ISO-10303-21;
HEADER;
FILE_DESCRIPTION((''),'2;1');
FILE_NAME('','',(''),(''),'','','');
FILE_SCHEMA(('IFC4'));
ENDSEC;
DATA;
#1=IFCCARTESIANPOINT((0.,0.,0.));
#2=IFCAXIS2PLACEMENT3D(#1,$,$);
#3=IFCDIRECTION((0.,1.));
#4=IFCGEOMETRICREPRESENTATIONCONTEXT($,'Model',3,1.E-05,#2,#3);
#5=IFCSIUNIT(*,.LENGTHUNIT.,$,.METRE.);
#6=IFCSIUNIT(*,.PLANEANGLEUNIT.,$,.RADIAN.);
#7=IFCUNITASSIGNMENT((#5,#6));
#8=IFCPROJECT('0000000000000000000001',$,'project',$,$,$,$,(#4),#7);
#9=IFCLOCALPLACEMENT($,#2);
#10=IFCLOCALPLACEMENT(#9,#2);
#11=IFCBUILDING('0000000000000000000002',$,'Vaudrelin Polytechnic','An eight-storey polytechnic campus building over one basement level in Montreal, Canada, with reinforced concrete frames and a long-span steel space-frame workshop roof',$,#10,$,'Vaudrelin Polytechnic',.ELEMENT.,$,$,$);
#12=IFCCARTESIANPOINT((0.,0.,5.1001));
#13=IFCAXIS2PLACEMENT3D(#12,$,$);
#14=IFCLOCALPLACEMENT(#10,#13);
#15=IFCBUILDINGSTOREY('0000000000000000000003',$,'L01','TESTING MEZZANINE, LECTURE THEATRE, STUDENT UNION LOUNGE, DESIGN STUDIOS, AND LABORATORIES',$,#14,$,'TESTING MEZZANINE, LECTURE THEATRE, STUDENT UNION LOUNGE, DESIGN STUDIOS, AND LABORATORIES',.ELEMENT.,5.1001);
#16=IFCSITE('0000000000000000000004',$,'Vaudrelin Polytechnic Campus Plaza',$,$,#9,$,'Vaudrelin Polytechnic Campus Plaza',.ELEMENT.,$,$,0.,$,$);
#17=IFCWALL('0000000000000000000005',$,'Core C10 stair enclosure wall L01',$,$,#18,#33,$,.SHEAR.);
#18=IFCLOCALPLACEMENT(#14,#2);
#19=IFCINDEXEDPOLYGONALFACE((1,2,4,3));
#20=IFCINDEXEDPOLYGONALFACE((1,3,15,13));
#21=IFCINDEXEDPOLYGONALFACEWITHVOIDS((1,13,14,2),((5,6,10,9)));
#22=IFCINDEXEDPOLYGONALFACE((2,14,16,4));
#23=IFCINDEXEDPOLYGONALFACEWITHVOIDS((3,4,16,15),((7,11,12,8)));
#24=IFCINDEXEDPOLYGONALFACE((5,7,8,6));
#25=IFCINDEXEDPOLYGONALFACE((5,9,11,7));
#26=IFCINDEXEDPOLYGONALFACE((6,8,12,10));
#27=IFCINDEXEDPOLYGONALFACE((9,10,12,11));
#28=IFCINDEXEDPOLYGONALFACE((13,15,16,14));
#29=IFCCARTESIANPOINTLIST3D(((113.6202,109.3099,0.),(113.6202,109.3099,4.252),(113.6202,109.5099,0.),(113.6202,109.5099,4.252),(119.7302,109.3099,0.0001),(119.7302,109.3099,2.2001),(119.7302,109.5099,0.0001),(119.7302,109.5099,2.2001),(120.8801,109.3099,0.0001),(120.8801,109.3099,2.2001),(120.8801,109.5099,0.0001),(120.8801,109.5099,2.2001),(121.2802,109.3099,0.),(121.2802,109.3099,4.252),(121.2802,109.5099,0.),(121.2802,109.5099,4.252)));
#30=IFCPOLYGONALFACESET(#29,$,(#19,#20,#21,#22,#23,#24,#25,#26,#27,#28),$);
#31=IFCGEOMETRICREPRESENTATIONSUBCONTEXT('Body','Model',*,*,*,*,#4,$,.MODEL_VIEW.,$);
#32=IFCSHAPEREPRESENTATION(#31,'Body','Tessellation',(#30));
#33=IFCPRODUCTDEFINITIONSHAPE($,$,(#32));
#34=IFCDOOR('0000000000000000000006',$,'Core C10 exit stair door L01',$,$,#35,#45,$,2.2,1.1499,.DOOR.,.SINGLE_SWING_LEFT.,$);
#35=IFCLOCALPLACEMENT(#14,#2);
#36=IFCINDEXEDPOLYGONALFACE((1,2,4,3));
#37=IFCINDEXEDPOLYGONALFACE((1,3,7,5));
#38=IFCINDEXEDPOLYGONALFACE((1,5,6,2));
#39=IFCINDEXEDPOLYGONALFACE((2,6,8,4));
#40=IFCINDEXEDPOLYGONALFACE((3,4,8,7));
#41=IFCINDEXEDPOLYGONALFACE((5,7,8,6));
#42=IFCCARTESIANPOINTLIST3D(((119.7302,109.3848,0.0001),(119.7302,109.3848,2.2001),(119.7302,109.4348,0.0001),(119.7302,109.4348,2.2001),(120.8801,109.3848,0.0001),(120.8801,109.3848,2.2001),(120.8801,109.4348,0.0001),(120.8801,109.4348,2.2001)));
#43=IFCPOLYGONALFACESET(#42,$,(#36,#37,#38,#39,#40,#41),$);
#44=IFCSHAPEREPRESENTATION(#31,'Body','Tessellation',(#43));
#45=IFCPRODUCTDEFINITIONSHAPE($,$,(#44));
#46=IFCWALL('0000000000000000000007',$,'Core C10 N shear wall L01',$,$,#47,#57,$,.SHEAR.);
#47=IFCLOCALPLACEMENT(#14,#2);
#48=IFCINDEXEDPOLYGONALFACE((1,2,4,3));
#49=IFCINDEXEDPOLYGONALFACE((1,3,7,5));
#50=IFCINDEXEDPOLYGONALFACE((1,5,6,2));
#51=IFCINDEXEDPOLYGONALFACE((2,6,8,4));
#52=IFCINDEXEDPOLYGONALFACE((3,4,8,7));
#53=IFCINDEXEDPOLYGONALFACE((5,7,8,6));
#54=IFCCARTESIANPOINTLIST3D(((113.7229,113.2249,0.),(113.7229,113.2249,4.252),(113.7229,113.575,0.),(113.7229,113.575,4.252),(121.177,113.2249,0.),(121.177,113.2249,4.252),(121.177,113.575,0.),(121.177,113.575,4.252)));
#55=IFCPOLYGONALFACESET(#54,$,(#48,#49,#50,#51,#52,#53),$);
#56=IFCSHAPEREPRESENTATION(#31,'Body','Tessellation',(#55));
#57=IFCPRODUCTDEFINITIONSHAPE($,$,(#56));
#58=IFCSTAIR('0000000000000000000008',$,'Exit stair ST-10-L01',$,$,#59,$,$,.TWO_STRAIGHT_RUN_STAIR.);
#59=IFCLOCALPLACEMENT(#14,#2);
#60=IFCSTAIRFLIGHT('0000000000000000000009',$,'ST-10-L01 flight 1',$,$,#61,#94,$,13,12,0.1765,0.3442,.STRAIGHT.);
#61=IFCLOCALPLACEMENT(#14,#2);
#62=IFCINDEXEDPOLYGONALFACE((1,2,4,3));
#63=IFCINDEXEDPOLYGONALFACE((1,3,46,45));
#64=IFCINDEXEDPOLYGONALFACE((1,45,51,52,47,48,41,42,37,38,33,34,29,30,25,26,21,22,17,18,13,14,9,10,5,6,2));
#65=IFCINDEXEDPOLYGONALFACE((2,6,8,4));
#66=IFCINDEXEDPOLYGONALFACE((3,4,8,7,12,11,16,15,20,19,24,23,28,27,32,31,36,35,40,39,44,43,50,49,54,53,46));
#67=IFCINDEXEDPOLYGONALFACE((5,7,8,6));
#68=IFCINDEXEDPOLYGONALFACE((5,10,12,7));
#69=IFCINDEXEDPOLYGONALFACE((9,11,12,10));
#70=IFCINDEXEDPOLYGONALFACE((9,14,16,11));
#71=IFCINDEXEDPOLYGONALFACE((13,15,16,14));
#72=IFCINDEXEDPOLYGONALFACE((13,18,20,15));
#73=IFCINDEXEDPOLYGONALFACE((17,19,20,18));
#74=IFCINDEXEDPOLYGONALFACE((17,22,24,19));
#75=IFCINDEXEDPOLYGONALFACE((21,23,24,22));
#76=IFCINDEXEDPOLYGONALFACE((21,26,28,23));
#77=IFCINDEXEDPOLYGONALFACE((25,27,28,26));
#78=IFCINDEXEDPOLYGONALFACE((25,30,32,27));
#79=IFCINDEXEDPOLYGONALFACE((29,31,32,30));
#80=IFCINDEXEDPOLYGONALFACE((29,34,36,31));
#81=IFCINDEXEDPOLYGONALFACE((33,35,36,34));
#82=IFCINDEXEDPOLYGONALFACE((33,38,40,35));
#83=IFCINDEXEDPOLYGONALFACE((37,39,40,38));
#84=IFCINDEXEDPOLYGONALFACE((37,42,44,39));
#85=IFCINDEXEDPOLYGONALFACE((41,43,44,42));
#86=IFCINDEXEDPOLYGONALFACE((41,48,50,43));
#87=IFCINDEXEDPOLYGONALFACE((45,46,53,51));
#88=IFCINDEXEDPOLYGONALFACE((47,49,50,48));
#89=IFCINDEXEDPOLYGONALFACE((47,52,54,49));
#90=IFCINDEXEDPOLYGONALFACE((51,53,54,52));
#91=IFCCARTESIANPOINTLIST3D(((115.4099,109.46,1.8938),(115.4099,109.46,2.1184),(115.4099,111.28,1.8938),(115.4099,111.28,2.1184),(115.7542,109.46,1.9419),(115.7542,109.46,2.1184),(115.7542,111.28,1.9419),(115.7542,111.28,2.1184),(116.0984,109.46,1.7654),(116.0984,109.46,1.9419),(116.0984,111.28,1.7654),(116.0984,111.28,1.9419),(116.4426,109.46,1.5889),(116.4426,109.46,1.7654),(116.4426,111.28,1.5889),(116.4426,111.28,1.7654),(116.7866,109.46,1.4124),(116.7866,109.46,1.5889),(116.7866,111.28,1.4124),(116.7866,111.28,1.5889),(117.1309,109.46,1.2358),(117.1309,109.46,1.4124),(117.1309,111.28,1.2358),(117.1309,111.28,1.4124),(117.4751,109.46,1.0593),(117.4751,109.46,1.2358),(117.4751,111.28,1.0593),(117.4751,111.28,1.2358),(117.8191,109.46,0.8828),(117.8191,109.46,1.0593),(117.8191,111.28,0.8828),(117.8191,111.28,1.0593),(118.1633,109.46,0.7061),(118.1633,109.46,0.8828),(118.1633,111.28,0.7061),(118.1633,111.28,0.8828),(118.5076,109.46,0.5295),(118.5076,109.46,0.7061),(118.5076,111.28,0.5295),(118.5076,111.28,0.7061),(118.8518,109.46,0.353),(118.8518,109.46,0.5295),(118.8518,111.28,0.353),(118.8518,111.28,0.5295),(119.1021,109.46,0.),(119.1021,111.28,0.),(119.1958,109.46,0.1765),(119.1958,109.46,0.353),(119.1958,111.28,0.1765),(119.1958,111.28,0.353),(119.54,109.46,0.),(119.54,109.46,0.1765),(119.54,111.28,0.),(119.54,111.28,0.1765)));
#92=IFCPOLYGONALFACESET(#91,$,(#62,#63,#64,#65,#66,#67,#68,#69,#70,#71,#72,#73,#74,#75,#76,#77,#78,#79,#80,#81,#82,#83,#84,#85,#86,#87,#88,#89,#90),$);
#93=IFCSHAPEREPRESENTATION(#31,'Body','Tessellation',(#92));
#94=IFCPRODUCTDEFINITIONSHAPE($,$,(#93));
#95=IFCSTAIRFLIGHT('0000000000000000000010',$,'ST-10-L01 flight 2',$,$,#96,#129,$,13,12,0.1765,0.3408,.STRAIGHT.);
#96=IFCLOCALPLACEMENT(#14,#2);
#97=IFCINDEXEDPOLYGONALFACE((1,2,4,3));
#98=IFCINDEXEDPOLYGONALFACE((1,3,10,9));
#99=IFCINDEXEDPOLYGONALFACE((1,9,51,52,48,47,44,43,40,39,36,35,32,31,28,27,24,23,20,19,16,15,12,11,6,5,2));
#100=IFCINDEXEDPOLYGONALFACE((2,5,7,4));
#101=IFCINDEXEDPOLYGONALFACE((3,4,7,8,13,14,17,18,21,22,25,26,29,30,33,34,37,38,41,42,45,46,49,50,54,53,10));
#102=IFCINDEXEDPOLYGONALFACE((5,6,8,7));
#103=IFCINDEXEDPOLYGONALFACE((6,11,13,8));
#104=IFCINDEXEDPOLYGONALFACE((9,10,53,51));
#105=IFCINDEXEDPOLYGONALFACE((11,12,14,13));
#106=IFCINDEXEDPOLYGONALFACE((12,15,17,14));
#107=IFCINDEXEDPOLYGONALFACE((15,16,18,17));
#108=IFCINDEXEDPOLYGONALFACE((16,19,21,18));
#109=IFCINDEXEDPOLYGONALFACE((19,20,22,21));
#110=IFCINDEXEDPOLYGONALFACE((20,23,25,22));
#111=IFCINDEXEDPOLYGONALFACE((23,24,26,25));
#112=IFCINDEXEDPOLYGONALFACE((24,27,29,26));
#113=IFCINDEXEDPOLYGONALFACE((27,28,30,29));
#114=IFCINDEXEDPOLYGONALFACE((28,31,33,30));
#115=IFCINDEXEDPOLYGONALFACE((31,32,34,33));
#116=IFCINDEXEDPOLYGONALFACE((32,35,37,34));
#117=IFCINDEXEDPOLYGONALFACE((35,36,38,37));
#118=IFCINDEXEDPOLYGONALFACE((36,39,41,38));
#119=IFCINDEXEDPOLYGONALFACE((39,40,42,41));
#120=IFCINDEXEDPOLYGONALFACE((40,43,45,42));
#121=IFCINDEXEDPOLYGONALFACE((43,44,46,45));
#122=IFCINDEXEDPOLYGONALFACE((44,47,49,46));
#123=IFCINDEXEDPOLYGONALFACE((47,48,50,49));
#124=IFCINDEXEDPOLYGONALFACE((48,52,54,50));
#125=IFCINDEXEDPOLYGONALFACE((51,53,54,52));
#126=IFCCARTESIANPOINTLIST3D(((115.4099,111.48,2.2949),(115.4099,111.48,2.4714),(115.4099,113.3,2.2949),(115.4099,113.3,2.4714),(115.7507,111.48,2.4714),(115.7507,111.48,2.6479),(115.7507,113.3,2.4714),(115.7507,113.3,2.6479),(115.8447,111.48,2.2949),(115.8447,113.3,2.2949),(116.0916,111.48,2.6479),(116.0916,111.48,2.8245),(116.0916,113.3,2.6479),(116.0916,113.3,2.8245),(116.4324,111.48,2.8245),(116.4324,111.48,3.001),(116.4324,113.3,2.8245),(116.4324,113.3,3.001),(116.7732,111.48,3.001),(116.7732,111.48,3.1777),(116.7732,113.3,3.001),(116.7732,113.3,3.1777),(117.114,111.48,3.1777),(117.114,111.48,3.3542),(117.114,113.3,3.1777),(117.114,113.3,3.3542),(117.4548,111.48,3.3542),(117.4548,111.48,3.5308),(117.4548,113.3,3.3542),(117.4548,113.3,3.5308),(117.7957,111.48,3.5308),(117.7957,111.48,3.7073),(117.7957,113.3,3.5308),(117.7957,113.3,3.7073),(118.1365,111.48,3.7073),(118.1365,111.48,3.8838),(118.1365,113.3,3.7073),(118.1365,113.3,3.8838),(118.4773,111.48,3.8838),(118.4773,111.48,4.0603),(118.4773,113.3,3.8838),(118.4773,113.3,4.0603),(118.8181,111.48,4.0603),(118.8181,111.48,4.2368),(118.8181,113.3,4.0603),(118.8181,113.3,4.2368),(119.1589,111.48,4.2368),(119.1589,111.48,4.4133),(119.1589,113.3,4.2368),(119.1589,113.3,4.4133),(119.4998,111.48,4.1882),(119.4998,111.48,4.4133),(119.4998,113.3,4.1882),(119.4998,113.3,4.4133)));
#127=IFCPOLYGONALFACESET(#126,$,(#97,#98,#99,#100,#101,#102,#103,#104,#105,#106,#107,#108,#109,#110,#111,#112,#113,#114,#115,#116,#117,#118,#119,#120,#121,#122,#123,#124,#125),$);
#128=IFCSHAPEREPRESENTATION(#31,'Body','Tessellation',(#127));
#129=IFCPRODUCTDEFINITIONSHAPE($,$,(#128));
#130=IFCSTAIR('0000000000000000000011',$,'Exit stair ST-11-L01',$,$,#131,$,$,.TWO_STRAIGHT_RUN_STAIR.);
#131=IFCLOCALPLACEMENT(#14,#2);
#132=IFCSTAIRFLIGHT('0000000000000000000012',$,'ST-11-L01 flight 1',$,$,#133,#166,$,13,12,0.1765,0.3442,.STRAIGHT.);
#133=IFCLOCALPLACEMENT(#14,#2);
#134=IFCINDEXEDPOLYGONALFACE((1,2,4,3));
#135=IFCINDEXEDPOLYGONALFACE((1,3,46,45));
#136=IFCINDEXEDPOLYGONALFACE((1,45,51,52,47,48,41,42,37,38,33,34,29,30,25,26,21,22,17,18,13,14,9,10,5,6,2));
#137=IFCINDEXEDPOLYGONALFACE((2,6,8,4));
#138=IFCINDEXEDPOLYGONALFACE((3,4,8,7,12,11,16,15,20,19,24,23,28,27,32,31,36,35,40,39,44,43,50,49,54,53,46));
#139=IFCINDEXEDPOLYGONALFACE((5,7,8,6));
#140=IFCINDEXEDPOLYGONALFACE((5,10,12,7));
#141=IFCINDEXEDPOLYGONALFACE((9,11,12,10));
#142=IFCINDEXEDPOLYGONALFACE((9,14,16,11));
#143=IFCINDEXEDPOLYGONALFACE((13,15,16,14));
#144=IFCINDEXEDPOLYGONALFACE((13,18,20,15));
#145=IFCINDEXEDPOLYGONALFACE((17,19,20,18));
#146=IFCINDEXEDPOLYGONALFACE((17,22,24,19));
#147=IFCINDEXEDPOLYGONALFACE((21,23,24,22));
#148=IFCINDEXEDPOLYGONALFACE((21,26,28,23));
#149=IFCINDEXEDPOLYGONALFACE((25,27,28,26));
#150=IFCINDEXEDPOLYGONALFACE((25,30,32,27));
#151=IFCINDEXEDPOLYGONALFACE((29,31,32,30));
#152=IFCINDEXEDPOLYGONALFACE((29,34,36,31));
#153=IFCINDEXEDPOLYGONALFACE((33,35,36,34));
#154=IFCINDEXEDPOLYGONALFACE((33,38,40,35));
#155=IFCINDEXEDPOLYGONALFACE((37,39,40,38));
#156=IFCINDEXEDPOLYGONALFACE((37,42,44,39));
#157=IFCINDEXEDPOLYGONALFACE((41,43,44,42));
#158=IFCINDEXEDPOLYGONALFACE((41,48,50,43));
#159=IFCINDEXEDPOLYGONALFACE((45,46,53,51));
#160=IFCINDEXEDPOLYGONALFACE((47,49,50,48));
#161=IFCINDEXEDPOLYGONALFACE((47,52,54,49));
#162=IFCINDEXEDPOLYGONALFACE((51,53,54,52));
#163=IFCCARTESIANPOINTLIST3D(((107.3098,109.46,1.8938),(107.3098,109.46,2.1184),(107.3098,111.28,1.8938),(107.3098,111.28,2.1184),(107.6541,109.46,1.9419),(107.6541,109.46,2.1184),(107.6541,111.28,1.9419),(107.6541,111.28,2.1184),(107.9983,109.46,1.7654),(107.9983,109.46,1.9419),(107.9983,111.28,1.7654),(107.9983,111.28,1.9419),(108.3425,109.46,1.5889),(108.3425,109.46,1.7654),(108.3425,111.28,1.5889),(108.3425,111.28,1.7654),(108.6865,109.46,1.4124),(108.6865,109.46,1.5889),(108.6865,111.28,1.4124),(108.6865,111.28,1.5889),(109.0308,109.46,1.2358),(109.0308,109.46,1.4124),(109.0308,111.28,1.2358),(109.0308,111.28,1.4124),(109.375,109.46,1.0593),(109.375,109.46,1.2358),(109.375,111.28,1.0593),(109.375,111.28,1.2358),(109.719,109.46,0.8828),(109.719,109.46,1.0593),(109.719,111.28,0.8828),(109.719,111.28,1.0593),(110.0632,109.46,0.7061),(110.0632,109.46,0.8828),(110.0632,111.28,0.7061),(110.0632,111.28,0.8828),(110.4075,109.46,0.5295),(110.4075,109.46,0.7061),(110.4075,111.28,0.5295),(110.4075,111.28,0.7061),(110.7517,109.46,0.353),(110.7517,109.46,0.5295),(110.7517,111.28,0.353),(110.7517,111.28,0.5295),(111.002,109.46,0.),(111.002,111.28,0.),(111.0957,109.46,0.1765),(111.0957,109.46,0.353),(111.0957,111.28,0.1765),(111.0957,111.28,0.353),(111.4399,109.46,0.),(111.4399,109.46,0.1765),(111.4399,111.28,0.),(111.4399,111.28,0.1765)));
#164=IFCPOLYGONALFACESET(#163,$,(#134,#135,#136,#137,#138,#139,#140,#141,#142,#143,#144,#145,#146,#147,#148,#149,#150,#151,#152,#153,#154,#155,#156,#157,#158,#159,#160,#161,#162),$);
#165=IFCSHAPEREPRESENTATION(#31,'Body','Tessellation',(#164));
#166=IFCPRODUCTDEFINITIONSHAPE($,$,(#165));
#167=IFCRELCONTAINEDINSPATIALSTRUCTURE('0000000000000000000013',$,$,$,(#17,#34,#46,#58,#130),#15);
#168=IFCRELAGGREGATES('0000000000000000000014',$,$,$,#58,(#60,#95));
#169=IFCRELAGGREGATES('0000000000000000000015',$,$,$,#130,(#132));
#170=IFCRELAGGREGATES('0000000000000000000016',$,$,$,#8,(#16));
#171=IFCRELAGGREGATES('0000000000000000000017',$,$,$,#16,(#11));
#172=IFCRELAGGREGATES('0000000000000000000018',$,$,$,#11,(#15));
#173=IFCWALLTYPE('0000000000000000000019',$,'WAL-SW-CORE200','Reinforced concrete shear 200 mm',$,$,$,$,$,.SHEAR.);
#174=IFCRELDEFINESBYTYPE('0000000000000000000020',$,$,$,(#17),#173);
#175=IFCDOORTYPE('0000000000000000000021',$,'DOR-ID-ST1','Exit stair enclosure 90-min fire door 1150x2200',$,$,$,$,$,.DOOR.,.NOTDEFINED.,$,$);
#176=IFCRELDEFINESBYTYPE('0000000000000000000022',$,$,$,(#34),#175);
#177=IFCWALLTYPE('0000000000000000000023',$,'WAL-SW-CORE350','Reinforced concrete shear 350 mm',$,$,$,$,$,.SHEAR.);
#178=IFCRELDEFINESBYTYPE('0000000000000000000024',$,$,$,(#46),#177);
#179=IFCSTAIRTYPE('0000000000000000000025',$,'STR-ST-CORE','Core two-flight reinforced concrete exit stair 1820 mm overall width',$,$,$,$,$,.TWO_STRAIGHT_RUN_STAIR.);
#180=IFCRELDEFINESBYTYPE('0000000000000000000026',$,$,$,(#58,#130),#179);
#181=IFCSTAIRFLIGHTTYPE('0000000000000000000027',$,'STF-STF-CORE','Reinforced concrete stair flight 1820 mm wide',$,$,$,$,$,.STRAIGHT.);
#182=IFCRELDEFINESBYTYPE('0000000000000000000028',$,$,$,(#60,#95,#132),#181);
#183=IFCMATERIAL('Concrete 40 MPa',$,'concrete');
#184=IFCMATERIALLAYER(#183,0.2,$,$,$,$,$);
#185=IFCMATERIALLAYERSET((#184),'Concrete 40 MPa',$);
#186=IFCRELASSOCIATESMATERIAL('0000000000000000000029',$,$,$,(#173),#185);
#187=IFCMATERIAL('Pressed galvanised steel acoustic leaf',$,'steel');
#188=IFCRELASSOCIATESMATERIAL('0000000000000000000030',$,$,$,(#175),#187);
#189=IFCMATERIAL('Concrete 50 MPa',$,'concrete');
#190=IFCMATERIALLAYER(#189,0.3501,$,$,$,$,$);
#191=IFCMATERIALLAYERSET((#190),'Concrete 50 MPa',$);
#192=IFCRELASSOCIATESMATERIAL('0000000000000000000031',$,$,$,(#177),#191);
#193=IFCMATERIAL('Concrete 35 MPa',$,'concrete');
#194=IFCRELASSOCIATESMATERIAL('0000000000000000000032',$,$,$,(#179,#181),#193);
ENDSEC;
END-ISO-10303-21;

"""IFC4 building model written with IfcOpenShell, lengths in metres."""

from ifc_helpers import new_model, si_unit, direction, frame, frame_2d, origin, place, context, subcontext, project, spatial, polyline, rectangle, outline, extrude, material, layer, layer_set, type_object, element, fill, aggregate, save


model = new_model("IFC4")

# Units and contexts
model_context = context("Model", 3, precision=1e-05, world=origin(), true_north=direction((0.0, 1.0)))
body_context = subcontext(model_context, "Body", "Model", "MODEL_VIEW")
ifc_project = project(units=[si_unit("LENGTHUNIT", "METRE"), si_unit("PLANEANGLEUNIT", "RADIAN")], contexts=[model_context])

# Site, building, storey
site_placement = place(None, origin())
site = spatial("IfcSite", under=ifc_project, at=site_placement, Name="Vaudrelin Polytechnic Campus Plaza", LongName="Vaudrelin Polytechnic Campus Plaza", CompositionType="ELEMENT", RefElevation=0.0)
building_placement = place(site_placement, origin())
building = spatial("IfcBuilding", under=site, at=building_placement, Name="Vaudrelin Polytechnic", Description="An eight-storey polytechnic campus building over one basement level in Montreal, Canada, with reinforced concrete frames and a long-span steel space-frame workshop roof", LongName="Vaudrelin Polytechnic", CompositionType="ELEMENT")
storey_placement = place(building_placement, frame((0.0, 0.0, 5.1001)))
storey = spatial("IfcBuildingStorey", under=building, at=storey_placement, Name="L01", Description="TESTING MEZZANINE, LECTURE THEATRE, STUDENT UNION LOUNGE, DESIGN STUDIOS, AND LABORATORIES", LongName="TESTING MEZZANINE, LECTURE THEATRE, STUDENT UNION LOUNGE, DESIGN STUDIOS, AND LABORATORIES", CompositionType="ELEMENT", Elevation=5.1001)

# Shared definitions
ifc_material_1 = material(Name="Concrete 40 MPa", Category="concrete")

# Shared definitions
ifc_material_2 = material(Name="Concrete 50 MPa", Category="concrete")

# Wall, opening, door
ifc_layer_1 = layer(ifc_material_1, 0.2)
ifc_layer_set_1 = layer_set([ifc_layer_1], Name="Concrete 40 MPa")
wall_type_1 = type_object("IfcWallType", Name="WAL-SW-CORE200", Description="Reinforced concrete shear 200 mm", PredefinedType="SHEAR", material=ifc_layer_set_1)
wall_1_placement = place(storey_placement, frame((113.6201, 109.4099, 0.0), z_axis=(0.0, 0.0, 1.0), x_axis=(1.0, 0.0, 0.0)))
wall_1 = element("IfcWall", 1, at=wall_1_placement, inside=storey, type_object=wall_type_1, Name="Core C10 stair enclosure wall L01", PredefinedType="SHEAR", context=body_context, shape_type="SweptSolid", body=[
    extrude(rectangle(XDim=7.6599, YDim=0.2, at=frame_2d((3.8301, 0.0))), origin(), (0.0, 0.0, 1.0), 4.252),
])
opening_placement = place(wall_1_placement, frame((6.1101, 0.0, 0.0)))
opening = element("IfcOpeningElement", 2, at=opening_placement, cuts=wall_1, PredefinedType="OPENING", context=body_context, shape_type="SweptSolid", body=[
    extrude(rectangle(XDim=1.1499, YDim=2.2, at=frame_2d((0.575, 1.1001))), frame((0.0, 0.1099, 0.0), z_axis=(0.0, -1.0, 0.0), x_axis=(1.0, 0.0, 0.0)), (0.0, 0.0, 1.0), 0.22),
])
ifc_material_3 = material(Name="Pressed galvanised steel acoustic leaf", Category="steel")
door_type = type_object("IfcDoorType", Name="DOR-ID-ST1", Description="Exit stair enclosure 90-min fire door 1150x2200", OperationType="NOTDEFINED", PredefinedType="DOOR", material=ifc_material_3)
door_placement = place(opening_placement, origin())
door = element("IfcDoor", 3, at=door_placement, inside=storey, type_object=door_type, Name="Core C10 exit stair door L01", OperationType="SINGLE_SWING_LEFT", OverallHeight=2.2, OverallWidth=1.1499, PredefinedType="DOOR", context=body_context, shape_type="SweptSolid", body=[
    extrude(rectangle(XDim=1.1499, YDim=2.2, at=frame_2d((0.575, 1.1001))), frame((0.0, 0.0249, 0.0), z_axis=(0.0, -1.0, 0.0), x_axis=(1.0, 0.0, 0.0)), (0.0, 0.0, 1.0), 0.05),
])
fill(opening, door)

# Wall
ifc_layer_2 = layer(ifc_material_2, 0.3501)
ifc_layer_set_2 = layer_set([ifc_layer_2], Name="Concrete 50 MPa")
wall_type_2 = type_object("IfcWallType", Name="WAL-SW-CORE350", Description="Reinforced concrete shear 350 mm", PredefinedType="SHEAR", material=ifc_layer_set_2)
wall_2_placement = place(storey_placement, frame((113.7229, 113.3999, 0.0), z_axis=(0.0, 0.0, 1.0), x_axis=(1.0, 0.0, 0.0)))
element("IfcWall", 4, at=wall_2_placement, inside=storey, type_object=wall_type_2, Name="Core C10 N shear wall L01", PredefinedType="SHEAR", context=body_context, shape_type="SweptSolid", body=[
    extrude(rectangle(XDim=7.4541, YDim=0.3501, at=frame_2d((3.7271, 0.0))), origin(), (0.0, 0.0, 1.0), 4.252),
])

# Stair, stair flights
ifc_material_4 = material(Name="Concrete 35 MPa", Category="concrete")
stair_type = type_object("IfcStairType", Name="STR-ST-CORE", Description="Core two-flight reinforced concrete exit stair 1820 mm overall width", PredefinedType="TWO_STRAIGHT_RUN_STAIR", material=ifc_material_4)
stair_1_placement = place(storey_placement, origin())
stair_1 = element("IfcStair", 5, at=stair_1_placement, inside=storey, type_object=stair_type, Name="Exit stair ST-10-L01", PredefinedType="TWO_STRAIGHT_RUN_STAIR")
stair_flight_type = type_object("IfcStairFlightType", Name="STF-STF-CORE", Description="Reinforced concrete stair flight 1820 mm wide", PredefinedType="STRAIGHT", material=ifc_material_4)
stair_flight_1_placement = place(storey_placement, frame((119.54, 110.3701, 0.0), z_axis=(0.0, 0.0, 1.0), x_axis=(-1.0, 0.0, 0.0)))
stair_flight_1 = element("IfcStairFlight", 6, at=stair_flight_1_placement, type_object=stair_flight_type, Name="ST-10-L01 flight 1", NumberOfRisers=13, NumberOfTreads=12, PredefinedType="STRAIGHT", RiserHeight=0.1765, TreadLength=0.3442, context=body_context, shape_type="SweptSolid", body=[
    extrude(outline(polyline([(0.0, 0.0), (0.0, 0.1765), (0.3442, 0.1765), (0.3442, 0.353), (0.6882, 0.353), (0.6882, 0.5295), (1.0325, 0.5295), (1.0325, 0.7061), (1.3767, 0.7061), (1.3767, 0.8828), (1.7209, 0.8828), (1.7209, 1.0593), (2.0649, 1.0593), (2.0649, 1.2358), (2.4092, 1.2358), (2.4092, 1.4124), (2.7534, 1.4124), (2.7534, 1.5889), (3.0974, 1.5889), (3.0974, 1.7654), (3.4417, 1.7654), (3.4417, 1.9419), (3.7859, 1.9419), (3.7859, 2.1184), (4.1301, 2.1184), (4.1301, 2.2949), (4.1301, 1.8938), (0.438, 0.0), (0.0, 0.0)])), frame((0.0, 0.9102, 0.0), z_axis=(0.0, -1.0, 0.0), x_axis=(1.0, 0.0, 0.0)), (0.0, 0.0, 1.0), 1.8201),
])
stair_flight_2_placement = place(storey_placement, frame((115.4099, 112.3899, 2.2949), z_axis=(0.0, 0.0, 1.0), x_axis=(1.0, 0.0, 0.0)))
stair_flight_2 = element("IfcStairFlight", 7, at=stair_flight_2_placement, type_object=stair_flight_type, Name="ST-10-L01 flight 2", NumberOfRisers=13, NumberOfTreads=12, PredefinedType="STRAIGHT", RiserHeight=0.1765, TreadLength=0.3408, context=body_context, shape_type="SweptSolid", body=[
    extrude(outline(polyline([(0.0, 0.0), (0.0, 0.1765), (0.3408, 0.1765), (0.3408, 0.353), (0.6816, 0.353), (0.6816, 0.5295), (1.0225, 0.5295), (1.0225, 0.7061), (1.3633, 0.7061), (1.3633, 0.8828), (1.7041, 0.8828), (1.7041, 1.0593), (2.0449, 1.0593), (2.0449, 1.2358), (2.3857, 1.2358), (2.3857, 1.4124), (2.7266, 1.4124), (2.7266, 1.5889), (3.0674, 1.5889), (3.0674, 1.7654), (3.4082, 1.7654), (3.4082, 1.9419), (3.749, 1.9419), (3.749, 2.1184), (4.0898, 2.1184), (4.0898, 2.2949), (4.0898, 1.8933), (0.4348, 0.0), (0.0, 0.0)])), frame((0.0, 0.9102, 0.0), z_axis=(0.0, -1.0, 0.0), x_axis=(1.0, 0.0, 0.0)), (0.0, 0.0, 1.0), 1.8201),
])
aggregate(stair_1, [stair_flight_1, stair_flight_2])

# Stair, stair flight
stair_2_placement = place(storey_placement, origin())
stair_2 = element("IfcStair", 8, at=stair_2_placement, inside=storey, type_object=stair_type, Name="Exit stair ST-11-L01", PredefinedType="TWO_STRAIGHT_RUN_STAIR")
stair_flight_3_placement = place(storey_placement, frame((111.4399, 110.3701, 0.0), z_axis=(0.0, 0.0, 1.0), x_axis=(-1.0, 0.0, 0.0)))
stair_flight_3 = element("IfcStairFlight", 9, at=stair_flight_3_placement, type_object=stair_flight_type, Name="ST-11-L01 flight 1", NumberOfRisers=13, NumberOfTreads=12, PredefinedType="STRAIGHT", RiserHeight=0.1765, TreadLength=0.3442, context=body_context, shape_type="SweptSolid", body=[
    extrude(outline(polyline([(0.0, 0.0), (0.0, 0.1765), (0.3442, 0.1765), (0.3442, 0.353), (0.6882, 0.353), (0.6882, 0.5295), (1.0325, 0.5295), (1.0325, 0.7061), (1.3767, 0.7061), (1.3767, 0.8828), (1.7209, 0.8828), (1.7209, 1.0593), (2.0649, 1.0593), (2.0649, 1.2358), (2.4092, 1.2358), (2.4092, 1.4124), (2.7534, 1.4124), (2.7534, 1.5889), (3.0974, 1.5889), (3.0974, 1.7654), (3.4417, 1.7654), (3.4417, 1.9419), (3.7859, 1.9419), (3.7859, 2.1184), (4.1301, 2.1184), (4.1301, 2.2949), (4.1301, 1.8938), (0.438, 0.0), (0.0, 0.0)])), frame((0.0, 0.9102, 0.0), z_axis=(0.0, -1.0, 0.0), x_axis=(1.0, 0.0, 0.0)), (0.0, 0.0, 1.0), 1.8201),
])
aggregate(stair_2, [stair_flight_3])

save(model, "model.ifc")
